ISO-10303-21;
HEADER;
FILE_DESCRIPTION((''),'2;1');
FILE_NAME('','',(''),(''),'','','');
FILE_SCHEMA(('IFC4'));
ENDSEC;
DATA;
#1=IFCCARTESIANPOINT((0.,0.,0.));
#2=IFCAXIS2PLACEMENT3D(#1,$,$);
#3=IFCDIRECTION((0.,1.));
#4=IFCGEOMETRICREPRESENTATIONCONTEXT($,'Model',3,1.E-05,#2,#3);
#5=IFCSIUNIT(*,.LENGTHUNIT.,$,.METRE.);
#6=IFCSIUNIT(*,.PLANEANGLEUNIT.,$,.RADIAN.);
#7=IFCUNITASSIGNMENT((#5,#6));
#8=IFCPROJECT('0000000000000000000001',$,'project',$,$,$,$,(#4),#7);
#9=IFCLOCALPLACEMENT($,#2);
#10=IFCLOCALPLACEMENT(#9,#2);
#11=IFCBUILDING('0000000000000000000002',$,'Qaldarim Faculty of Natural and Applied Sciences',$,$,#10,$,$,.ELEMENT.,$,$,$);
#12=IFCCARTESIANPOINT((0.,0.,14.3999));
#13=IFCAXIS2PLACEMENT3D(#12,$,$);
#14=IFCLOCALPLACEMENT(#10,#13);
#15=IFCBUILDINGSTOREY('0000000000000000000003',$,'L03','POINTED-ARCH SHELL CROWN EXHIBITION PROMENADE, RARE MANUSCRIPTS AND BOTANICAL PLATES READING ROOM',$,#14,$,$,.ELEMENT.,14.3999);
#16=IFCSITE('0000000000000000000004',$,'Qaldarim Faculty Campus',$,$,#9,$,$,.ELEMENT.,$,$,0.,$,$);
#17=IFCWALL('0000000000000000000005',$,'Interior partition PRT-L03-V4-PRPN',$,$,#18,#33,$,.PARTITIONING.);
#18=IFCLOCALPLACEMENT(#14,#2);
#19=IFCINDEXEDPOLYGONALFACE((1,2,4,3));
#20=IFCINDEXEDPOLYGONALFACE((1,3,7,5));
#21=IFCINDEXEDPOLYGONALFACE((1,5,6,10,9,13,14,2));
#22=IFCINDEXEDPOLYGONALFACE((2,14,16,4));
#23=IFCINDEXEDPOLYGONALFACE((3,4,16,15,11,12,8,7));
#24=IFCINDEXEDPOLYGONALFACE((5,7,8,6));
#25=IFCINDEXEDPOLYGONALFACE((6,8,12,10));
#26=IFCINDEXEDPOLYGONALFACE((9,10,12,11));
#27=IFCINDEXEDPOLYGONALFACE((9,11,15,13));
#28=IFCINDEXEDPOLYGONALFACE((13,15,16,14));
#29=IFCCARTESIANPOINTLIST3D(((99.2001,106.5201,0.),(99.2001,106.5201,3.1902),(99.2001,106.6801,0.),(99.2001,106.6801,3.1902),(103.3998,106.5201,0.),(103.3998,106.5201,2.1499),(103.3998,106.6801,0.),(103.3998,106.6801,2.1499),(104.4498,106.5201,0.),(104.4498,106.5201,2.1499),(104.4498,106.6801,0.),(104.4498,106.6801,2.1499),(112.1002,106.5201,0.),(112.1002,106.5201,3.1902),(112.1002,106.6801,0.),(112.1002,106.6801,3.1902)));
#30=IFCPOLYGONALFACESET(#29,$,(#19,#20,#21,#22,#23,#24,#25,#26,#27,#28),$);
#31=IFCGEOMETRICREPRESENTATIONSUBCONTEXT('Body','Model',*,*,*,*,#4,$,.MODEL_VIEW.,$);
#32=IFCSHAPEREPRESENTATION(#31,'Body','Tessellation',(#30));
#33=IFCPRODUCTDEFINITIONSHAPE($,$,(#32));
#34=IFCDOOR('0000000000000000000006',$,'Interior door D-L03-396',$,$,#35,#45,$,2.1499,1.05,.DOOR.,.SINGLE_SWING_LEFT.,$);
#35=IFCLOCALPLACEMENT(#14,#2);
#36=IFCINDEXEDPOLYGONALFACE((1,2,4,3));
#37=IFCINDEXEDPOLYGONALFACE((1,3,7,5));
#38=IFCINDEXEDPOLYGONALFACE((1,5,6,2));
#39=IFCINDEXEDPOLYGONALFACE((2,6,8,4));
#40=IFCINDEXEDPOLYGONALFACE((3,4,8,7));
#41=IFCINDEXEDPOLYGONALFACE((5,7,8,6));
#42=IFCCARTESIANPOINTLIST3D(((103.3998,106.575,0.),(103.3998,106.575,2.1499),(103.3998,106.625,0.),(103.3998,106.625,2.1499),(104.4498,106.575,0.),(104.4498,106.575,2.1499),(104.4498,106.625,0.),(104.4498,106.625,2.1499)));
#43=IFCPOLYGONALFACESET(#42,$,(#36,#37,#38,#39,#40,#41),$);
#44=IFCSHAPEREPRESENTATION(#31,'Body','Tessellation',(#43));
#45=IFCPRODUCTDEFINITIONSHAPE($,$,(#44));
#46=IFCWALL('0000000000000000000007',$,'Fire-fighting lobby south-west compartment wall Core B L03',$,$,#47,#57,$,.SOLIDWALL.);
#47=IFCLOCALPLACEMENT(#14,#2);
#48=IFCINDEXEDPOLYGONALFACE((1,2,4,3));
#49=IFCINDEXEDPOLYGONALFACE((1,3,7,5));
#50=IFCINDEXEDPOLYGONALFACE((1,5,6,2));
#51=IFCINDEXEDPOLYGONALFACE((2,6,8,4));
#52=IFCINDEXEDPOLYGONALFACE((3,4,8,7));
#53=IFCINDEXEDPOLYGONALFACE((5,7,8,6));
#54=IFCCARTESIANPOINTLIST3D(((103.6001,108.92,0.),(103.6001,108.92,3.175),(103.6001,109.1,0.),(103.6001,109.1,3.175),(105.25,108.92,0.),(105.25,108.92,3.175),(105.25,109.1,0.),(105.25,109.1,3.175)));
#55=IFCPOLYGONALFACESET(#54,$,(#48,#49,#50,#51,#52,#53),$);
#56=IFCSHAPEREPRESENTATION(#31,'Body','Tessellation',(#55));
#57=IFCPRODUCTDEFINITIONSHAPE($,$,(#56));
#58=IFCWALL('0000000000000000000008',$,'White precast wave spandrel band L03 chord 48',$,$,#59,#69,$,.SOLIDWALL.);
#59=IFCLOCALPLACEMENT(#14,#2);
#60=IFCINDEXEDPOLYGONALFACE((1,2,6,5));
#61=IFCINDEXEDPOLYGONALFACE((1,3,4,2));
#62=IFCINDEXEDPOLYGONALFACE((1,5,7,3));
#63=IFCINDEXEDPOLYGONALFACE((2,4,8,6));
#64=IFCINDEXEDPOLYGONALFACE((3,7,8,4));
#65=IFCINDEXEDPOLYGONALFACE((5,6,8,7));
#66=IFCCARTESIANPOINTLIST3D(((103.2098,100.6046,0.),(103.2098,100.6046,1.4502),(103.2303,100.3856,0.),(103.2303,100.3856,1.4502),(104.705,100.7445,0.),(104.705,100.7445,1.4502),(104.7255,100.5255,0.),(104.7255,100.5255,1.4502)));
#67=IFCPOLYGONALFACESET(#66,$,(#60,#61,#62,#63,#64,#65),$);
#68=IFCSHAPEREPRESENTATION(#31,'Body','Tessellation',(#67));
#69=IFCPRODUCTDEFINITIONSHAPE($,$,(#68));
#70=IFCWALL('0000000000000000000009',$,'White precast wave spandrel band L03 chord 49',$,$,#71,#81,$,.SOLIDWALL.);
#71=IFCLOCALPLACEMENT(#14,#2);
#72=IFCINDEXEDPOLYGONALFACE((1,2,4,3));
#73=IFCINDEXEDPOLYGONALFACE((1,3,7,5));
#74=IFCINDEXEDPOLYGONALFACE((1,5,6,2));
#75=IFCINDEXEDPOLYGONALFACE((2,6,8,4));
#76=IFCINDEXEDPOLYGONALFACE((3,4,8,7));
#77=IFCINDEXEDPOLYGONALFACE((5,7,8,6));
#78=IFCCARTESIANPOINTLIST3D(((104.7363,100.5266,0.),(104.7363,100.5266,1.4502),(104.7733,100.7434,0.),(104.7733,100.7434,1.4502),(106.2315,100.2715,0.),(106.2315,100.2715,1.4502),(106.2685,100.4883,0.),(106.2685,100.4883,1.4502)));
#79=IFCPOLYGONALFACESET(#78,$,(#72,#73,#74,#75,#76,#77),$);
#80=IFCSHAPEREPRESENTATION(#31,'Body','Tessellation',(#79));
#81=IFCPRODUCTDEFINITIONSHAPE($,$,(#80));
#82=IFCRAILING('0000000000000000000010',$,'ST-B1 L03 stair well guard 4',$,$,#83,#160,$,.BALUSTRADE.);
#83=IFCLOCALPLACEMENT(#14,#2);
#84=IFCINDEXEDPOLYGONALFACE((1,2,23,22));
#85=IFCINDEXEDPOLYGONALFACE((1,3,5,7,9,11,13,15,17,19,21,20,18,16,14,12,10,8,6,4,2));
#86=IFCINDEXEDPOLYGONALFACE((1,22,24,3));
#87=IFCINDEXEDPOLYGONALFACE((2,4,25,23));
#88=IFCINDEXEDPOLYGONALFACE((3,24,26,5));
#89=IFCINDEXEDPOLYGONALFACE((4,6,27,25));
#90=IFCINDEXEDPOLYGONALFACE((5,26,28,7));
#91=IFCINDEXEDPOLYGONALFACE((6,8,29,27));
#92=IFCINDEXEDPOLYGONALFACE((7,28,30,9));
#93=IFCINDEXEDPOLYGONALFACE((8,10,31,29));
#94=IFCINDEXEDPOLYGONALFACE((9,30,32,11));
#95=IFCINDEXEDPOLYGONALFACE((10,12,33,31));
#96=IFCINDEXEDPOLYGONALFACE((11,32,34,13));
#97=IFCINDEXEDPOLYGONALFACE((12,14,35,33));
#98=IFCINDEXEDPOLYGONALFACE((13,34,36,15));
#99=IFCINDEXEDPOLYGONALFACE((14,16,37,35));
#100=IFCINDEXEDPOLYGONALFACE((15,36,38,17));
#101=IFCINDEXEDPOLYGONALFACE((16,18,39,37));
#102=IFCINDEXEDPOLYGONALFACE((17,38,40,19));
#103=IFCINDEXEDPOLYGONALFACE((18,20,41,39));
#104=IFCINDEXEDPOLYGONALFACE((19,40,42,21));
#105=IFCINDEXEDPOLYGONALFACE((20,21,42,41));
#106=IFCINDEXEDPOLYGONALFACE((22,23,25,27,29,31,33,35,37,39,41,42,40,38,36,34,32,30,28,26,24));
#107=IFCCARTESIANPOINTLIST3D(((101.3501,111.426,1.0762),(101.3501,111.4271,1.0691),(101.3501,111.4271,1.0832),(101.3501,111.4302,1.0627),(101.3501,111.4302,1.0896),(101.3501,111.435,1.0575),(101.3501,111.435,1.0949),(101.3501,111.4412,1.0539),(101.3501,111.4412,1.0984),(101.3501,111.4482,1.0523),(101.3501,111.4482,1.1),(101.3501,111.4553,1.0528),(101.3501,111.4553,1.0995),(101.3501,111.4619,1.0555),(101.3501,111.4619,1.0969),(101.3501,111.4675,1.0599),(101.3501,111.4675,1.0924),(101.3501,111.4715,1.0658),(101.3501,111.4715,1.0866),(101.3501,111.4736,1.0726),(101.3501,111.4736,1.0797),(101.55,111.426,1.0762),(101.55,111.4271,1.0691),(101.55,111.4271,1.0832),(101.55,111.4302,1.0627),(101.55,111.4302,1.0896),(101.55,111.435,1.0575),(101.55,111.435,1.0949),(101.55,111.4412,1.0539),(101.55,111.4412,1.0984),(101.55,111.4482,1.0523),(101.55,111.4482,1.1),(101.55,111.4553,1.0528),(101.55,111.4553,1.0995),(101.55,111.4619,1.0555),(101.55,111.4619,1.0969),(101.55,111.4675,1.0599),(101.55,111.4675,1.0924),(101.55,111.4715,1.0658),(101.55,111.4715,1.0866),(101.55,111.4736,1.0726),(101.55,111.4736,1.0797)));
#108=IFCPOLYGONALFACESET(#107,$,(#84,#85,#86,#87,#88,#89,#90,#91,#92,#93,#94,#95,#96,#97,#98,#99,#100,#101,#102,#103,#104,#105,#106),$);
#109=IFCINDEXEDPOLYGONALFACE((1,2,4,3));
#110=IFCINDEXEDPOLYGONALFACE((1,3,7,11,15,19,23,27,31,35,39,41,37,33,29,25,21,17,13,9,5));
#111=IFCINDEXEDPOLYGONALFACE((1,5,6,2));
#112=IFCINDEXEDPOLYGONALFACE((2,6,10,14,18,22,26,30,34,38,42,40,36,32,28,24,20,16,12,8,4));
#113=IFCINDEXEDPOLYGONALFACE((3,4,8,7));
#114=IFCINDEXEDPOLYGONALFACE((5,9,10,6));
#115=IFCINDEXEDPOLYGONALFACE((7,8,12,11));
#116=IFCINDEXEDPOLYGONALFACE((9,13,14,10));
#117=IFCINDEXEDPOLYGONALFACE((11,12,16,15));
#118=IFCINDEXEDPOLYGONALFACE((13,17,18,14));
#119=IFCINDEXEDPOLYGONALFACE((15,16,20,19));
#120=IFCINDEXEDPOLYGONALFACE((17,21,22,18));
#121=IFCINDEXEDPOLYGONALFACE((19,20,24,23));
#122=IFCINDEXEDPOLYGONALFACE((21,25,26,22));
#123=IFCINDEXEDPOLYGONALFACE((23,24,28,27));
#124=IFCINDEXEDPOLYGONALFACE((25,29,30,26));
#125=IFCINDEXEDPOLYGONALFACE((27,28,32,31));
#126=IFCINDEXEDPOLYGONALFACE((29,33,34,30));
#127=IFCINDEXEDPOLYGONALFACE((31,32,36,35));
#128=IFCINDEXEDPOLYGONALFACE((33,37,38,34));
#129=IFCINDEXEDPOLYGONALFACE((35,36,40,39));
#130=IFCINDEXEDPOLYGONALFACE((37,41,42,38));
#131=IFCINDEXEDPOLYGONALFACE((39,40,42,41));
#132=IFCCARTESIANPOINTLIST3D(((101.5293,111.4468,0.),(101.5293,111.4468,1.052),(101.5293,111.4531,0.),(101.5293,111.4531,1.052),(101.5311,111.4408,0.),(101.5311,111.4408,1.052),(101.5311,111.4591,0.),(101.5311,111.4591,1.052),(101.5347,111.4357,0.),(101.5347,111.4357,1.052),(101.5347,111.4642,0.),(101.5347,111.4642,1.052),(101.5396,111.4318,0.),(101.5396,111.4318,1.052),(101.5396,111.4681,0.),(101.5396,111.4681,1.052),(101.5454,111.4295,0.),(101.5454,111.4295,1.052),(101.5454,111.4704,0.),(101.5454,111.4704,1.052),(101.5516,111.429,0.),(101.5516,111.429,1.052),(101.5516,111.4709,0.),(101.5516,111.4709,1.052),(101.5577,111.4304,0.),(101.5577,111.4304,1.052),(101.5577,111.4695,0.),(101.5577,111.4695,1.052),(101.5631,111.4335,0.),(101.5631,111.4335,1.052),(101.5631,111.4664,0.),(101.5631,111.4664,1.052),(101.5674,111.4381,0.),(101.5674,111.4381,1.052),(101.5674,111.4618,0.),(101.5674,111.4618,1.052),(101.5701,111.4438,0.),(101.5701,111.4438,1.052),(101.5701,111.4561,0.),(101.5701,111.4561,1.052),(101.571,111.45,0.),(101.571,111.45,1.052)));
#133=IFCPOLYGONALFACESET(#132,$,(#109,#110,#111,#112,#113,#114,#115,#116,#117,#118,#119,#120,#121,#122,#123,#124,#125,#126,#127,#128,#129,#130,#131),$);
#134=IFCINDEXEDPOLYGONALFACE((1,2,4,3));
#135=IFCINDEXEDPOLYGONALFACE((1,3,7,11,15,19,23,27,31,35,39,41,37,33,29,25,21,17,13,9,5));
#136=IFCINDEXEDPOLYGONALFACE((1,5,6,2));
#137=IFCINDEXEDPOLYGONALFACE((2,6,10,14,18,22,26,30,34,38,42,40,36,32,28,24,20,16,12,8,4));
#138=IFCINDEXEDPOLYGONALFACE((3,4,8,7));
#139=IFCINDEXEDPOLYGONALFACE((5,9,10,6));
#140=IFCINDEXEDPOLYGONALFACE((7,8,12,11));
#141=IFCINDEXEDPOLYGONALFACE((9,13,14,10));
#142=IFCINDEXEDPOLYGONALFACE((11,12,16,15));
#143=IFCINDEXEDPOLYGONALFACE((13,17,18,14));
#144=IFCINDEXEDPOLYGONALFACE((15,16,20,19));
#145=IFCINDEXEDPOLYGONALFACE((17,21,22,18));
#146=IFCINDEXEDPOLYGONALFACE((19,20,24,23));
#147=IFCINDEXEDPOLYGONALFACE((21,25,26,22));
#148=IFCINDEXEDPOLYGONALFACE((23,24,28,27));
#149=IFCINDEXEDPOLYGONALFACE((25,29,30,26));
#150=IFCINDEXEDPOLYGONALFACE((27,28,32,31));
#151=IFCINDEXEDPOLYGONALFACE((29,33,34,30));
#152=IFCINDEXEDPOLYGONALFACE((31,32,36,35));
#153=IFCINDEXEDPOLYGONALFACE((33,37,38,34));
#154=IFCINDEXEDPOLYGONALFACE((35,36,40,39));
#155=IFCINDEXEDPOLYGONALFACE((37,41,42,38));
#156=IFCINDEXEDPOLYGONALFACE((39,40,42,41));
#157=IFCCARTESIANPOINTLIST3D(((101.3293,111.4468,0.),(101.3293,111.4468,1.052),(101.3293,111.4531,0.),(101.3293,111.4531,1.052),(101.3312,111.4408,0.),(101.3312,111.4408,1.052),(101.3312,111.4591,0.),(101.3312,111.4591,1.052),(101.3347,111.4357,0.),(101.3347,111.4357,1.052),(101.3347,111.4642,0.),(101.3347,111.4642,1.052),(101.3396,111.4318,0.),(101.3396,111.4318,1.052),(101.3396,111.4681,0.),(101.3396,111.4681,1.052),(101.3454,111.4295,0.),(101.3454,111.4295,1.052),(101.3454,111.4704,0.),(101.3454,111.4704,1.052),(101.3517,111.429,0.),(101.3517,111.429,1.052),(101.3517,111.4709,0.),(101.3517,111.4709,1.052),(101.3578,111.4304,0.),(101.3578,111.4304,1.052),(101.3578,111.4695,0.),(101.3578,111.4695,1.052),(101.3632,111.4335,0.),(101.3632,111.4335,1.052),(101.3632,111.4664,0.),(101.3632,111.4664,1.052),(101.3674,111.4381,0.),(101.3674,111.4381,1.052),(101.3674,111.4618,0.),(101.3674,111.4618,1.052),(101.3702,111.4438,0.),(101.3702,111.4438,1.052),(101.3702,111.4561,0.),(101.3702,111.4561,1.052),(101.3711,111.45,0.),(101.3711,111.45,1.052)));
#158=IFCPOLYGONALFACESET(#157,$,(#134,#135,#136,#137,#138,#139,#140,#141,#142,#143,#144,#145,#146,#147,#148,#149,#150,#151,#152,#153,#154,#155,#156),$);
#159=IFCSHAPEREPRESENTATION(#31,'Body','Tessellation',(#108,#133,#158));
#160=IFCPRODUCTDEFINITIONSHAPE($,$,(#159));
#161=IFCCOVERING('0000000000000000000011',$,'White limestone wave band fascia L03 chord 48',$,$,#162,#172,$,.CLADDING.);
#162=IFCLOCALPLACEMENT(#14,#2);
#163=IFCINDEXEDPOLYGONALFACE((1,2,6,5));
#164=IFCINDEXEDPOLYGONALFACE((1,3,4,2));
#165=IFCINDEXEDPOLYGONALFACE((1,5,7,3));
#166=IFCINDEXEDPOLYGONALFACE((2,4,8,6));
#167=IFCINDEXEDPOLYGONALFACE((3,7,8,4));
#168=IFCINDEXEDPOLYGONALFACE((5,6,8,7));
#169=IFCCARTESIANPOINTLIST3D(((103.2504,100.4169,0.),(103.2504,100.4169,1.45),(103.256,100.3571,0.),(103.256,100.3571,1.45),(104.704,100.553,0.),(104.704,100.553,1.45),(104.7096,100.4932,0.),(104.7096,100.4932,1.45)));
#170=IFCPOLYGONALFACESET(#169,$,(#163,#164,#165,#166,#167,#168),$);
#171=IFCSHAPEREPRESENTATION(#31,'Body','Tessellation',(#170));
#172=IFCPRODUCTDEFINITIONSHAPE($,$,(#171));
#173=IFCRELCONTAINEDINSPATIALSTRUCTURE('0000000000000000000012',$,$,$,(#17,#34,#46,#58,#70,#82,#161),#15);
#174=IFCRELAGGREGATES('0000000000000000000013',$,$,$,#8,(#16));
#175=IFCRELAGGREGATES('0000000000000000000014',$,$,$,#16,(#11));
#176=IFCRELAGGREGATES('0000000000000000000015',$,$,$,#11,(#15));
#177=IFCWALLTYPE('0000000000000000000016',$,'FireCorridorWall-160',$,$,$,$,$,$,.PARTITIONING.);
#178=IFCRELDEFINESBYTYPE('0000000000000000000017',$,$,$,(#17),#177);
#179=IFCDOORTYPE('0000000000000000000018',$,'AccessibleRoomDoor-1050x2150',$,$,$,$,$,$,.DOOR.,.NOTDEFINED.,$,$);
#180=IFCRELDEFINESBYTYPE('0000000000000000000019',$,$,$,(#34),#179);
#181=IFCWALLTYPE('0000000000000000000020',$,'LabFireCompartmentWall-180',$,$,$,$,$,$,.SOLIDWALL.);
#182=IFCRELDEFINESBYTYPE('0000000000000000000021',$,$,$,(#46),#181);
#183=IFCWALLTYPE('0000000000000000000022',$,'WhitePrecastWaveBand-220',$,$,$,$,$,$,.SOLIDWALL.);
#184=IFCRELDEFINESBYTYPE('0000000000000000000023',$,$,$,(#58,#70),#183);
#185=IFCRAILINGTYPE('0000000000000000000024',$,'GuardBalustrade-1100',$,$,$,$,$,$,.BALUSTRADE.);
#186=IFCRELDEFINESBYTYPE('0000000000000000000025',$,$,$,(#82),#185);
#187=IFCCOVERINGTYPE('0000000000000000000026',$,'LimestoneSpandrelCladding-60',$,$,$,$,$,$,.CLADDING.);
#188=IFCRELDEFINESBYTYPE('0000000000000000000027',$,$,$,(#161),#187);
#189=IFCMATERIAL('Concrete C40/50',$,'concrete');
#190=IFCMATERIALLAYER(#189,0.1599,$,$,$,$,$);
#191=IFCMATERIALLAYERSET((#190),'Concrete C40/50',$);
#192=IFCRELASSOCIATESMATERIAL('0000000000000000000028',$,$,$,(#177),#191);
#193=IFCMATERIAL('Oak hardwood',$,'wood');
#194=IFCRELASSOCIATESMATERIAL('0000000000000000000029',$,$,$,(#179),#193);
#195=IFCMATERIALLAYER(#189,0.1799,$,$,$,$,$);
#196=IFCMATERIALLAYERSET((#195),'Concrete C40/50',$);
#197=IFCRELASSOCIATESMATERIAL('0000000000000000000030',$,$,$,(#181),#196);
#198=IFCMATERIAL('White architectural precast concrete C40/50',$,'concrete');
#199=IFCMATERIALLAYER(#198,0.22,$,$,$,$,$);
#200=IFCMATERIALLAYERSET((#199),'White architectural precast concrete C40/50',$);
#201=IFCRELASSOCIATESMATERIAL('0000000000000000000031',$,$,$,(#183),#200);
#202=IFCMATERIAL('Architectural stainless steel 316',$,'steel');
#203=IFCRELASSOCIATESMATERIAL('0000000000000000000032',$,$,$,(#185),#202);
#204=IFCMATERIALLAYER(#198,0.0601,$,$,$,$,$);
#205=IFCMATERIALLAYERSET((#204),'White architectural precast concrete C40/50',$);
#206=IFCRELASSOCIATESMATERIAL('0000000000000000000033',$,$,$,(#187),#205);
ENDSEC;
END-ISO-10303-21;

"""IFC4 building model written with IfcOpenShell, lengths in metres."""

from ifc_helpers import new_model, si_unit, direction, frame, frame_2d, origin, origin_2d, place, context, subcontext, project, spatial, rectangle, circle, extrude, material, layer, layer_set, type_object, element, fill, save


model = new_model("IFC4")

# Units and contexts
model_context = context("Model", 3, precision=1e-05, world=origin(), true_north=direction((0.0, 1.0)))
body_context = subcontext(model_context, "Body", "Model", "MODEL_VIEW")
ifc_project = project(units=[si_unit("LENGTHUNIT", "METRE"), si_unit("PLANEANGLEUNIT", "RADIAN")], contexts=[model_context])

# Site, building, storey
site_placement = place(None, origin())
site = spatial("IfcSite", under=ifc_project, at=site_placement, Name="Qaldarim Faculty Campus", CompositionType="ELEMENT", RefElevation=0.0)
building_placement = place(site_placement, origin())
building = spatial("IfcBuilding", under=site, at=building_placement, Name="Qaldarim Faculty of Natural and Applied Sciences", CompositionType="ELEMENT")
storey_placement = place(building_placement, frame((0.0, 0.0, 14.3999)))
storey = spatial("IfcBuildingStorey", under=building, at=storey_placement, Name="L03", Description="POINTED-ARCH SHELL CROWN EXHIBITION PROMENADE, RARE MANUSCRIPTS AND BOTANICAL PLATES READING ROOM", CompositionType="ELEMENT", Elevation=14.3999)

# Shared definitions
ifc_material_1 = material(Name="Concrete C40/50", Category="concrete")

# Shared definitions
ifc_material_2 = material(Name="Architectural stainless steel 316", Category="steel")

# Wall, opening, door
ifc_layer_1 = layer(ifc_material_1, 0.1599)
ifc_layer_set_1 = layer_set([ifc_layer_1], Name="Concrete C40/50")
wall_type_1 = type_object("IfcWallType", Name="FireCorridorWall-160", PredefinedType="PARTITIONING", material=ifc_layer_set_1)
wall_1_placement = place(storey_placement, frame((99.2, 106.6001, 0.0), z_axis=(0.0, 0.0, 1.0), x_axis=(1.0, 0.0, 0.0)))
wall_1 = element("IfcWall", 1, at=wall_1_placement, inside=storey, type_object=wall_type_1, Name="Interior partition PRT-L03-V4-PRPN", PredefinedType="PARTITIONING", context=body_context, shape_type="SweptSolid", body=[
    extrude(rectangle(XDim=12.9001, YDim=0.1599, at=frame_2d((6.4502, 0.0))), origin(), (0.0, 0.0, 1.0), 3.1902),
])
opening_1_placement = place(wall_1_placement, frame((4.2, 0.0, 0.0)))
opening_1 = element("IfcOpeningElement", 2, at=opening_1_placement, cuts=wall_1, PredefinedType="OPENING", context=body_context, shape_type="SweptSolid", body=[
    extrude(rectangle(XDim=1.05, YDim=2.1499, at=frame_2d((0.5249, 1.075))), frame((0.0, 0.0898, 0.0), z_axis=(0.0, -1.0, 0.0), x_axis=(1.0, 0.0, 0.0)), (0.0, 0.0, 1.0), 0.1799),
])
ifc_material_3 = material(Name="Oak hardwood", Category="wood")
door_type_1 = type_object("IfcDoorType", Name="AccessibleRoomDoor-1050x2150", OperationType="NOTDEFINED", PredefinedType="DOOR", material=ifc_material_3)
door_1_placement = place(opening_1_placement, origin())
door_1 = element("IfcDoor", 3, at=door_1_placement, inside=storey, type_object=door_type_1, Name="Interior door D-L03-396", OperationType="SINGLE_SWING_LEFT", OverallHeight=2.1499, OverallWidth=1.05, PredefinedType="DOOR", context=body_context, shape_type="SweptSolid", body=[
    extrude(rectangle(XDim=1.05, YDim=2.1499, at=frame_2d((0.5249, 1.075))), frame((0.0, 0.0249, 0.0), z_axis=(0.0, -1.0, 0.0), x_axis=(1.0, 0.0, 0.0)), (0.0, 0.0, 1.0), 0.05),
])
fill(opening_1, door_1)

# Walls
ifc_layer_2 = layer(ifc_material_1, 0.1799)
ifc_layer_set_2 = layer_set([ifc_layer_2], Name="Concrete C40/50")
wall_type_2 = type_object("IfcWallType", Name="LabFireCompartmentWall-180", PredefinedType="SOLIDWALL", material=ifc_layer_set_2)
wall_2_placement = place(storey_placement, frame((103.6001, 109.01, 0.0), z_axis=(0.0, 0.0, 1.0), x_axis=(1.0, 0.0, 0.0)))
element("IfcWall", 4, at=wall_2_placement, inside=storey, type_object=wall_type_2, Name="Fire-fighting lobby south-west compartment wall Core B L03", PredefinedType="SOLIDWALL", context=body_context, shape_type="SweptSolid", body=[
    extrude(rectangle(XDim=1.6499, YDim=0.1799, at=frame_2d((0.825, 0.0))), origin(), (0.0, 0.0, 1.0), 3.175),
])
ifc_material_4 = material(Name="White architectural precast concrete C40/50", Category="concrete")
ifc_layer_3 = layer(ifc_material_4, 0.22)
ifc_layer_set_3 = layer_set([ifc_layer_3], Name="White architectural precast concrete C40/50")
wall_type_3 = type_object("IfcWallType", Name="WhitePrecastWaveBand-220", PredefinedType="SOLIDWALL", material=ifc_layer_set_3)
wall_3_placement = place(storey_placement, frame((103.22, 100.4951, 0.0), z_axis=(0.0, 0.0, 1.0), x_axis=(0.995651, 0.093159, 0.0)))
element("IfcWall", 5, at=wall_3_placement, inside=storey, type_object=wall_type_3, Name="White precast wave spandrel band L03 chord 48", PredefinedType="SOLIDWALL", context=body_context, shape_type="SweptSolid", body=[
    extrude(rectangle(XDim=1.5017, YDim=0.22, at=frame_2d((0.751, 0.0))), origin(), (0.0, 0.0, 1.0), 1.4502),
])
wall_4_placement = place(storey_placement, frame((104.7549, 100.635, 0.0), z_axis=(0.0, 0.0, 1.0), x_axis=(0.985751, -0.168209, 0.0)))
element("IfcWall", 6, at=wall_4_placement, inside=storey, type_object=wall_type_3, Name="White precast wave spandrel band L03 chord 49", PredefinedType="SOLIDWALL", context=body_context, shape_type="SweptSolid", body=[
    extrude(rectangle(XDim=1.5168, YDim=0.22, at=frame_2d((0.7583, 0.0))), origin(), (0.0, 0.0, 1.0), 1.4502),
])

# Railing
railing_type = type_object("IfcRailingType", Name="GuardBalustrade-1100", PredefinedType="BALUSTRADE", material=ifc_material_2)
railing_placement = place(storey_placement, frame((101.55, 111.45, 0.0)))
element("IfcRailing", 7, at=railing_placement, inside=storey, type_object=railing_type, Name="ST-B1 L03 stair well guard 4", PredefinedType="BALUSTRADE", context=body_context, shape_type="SweptSolid", body=[
    extrude(circle(Radius=0.0239, at=origin_2d()), frame((0.0, 0.0, 1.0762), z_axis=(-1.0, 0.0, 0.0), x_axis=(0.0, -1.0, 0.0)), (0.0, 0.0, 1.0), 0.2),
    extrude(circle(Radius=0.021, at=origin_2d()), origin(), (0.0, 0.0, 1.0), 1.052),
    extrude(circle(Radius=0.021, at=origin_2d()), frame((-0.2, 0.0, 0.0)), (0.0, 0.0, 1.0), 1.052),
])

# Covering
ifc_layer_4 = layer(ifc_material_4, 0.0601)
ifc_layer_set_4 = layer_set([ifc_layer_4], Name="White architectural precast concrete C40/50")
covering_type = type_object("IfcCoveringType", Name="LimestoneSpandrelCladding-60", PredefinedType="CLADDING", material=ifc_layer_set_4)
covering_placement = place(storey_placement, frame((103.98, 100.4551, 0.0), z_axis=(0.0, 0.0, 1.0), x_axis=(0.995644, 0.093239, 0.0)))
element("IfcCovering", 8, at=covering_placement, inside=storey, type_object=covering_type, Name="White limestone wave band fascia L03 chord 48", PredefinedType="CLADDING", context=body_context, shape_type="SweptSolid", body=[
    extrude(rectangle(XDim=1.46, YDim=0.0601, at=origin_2d()), origin(), (0.0, 0.0, 1.0), 1.45),
])

save(model, "model.ifc")
